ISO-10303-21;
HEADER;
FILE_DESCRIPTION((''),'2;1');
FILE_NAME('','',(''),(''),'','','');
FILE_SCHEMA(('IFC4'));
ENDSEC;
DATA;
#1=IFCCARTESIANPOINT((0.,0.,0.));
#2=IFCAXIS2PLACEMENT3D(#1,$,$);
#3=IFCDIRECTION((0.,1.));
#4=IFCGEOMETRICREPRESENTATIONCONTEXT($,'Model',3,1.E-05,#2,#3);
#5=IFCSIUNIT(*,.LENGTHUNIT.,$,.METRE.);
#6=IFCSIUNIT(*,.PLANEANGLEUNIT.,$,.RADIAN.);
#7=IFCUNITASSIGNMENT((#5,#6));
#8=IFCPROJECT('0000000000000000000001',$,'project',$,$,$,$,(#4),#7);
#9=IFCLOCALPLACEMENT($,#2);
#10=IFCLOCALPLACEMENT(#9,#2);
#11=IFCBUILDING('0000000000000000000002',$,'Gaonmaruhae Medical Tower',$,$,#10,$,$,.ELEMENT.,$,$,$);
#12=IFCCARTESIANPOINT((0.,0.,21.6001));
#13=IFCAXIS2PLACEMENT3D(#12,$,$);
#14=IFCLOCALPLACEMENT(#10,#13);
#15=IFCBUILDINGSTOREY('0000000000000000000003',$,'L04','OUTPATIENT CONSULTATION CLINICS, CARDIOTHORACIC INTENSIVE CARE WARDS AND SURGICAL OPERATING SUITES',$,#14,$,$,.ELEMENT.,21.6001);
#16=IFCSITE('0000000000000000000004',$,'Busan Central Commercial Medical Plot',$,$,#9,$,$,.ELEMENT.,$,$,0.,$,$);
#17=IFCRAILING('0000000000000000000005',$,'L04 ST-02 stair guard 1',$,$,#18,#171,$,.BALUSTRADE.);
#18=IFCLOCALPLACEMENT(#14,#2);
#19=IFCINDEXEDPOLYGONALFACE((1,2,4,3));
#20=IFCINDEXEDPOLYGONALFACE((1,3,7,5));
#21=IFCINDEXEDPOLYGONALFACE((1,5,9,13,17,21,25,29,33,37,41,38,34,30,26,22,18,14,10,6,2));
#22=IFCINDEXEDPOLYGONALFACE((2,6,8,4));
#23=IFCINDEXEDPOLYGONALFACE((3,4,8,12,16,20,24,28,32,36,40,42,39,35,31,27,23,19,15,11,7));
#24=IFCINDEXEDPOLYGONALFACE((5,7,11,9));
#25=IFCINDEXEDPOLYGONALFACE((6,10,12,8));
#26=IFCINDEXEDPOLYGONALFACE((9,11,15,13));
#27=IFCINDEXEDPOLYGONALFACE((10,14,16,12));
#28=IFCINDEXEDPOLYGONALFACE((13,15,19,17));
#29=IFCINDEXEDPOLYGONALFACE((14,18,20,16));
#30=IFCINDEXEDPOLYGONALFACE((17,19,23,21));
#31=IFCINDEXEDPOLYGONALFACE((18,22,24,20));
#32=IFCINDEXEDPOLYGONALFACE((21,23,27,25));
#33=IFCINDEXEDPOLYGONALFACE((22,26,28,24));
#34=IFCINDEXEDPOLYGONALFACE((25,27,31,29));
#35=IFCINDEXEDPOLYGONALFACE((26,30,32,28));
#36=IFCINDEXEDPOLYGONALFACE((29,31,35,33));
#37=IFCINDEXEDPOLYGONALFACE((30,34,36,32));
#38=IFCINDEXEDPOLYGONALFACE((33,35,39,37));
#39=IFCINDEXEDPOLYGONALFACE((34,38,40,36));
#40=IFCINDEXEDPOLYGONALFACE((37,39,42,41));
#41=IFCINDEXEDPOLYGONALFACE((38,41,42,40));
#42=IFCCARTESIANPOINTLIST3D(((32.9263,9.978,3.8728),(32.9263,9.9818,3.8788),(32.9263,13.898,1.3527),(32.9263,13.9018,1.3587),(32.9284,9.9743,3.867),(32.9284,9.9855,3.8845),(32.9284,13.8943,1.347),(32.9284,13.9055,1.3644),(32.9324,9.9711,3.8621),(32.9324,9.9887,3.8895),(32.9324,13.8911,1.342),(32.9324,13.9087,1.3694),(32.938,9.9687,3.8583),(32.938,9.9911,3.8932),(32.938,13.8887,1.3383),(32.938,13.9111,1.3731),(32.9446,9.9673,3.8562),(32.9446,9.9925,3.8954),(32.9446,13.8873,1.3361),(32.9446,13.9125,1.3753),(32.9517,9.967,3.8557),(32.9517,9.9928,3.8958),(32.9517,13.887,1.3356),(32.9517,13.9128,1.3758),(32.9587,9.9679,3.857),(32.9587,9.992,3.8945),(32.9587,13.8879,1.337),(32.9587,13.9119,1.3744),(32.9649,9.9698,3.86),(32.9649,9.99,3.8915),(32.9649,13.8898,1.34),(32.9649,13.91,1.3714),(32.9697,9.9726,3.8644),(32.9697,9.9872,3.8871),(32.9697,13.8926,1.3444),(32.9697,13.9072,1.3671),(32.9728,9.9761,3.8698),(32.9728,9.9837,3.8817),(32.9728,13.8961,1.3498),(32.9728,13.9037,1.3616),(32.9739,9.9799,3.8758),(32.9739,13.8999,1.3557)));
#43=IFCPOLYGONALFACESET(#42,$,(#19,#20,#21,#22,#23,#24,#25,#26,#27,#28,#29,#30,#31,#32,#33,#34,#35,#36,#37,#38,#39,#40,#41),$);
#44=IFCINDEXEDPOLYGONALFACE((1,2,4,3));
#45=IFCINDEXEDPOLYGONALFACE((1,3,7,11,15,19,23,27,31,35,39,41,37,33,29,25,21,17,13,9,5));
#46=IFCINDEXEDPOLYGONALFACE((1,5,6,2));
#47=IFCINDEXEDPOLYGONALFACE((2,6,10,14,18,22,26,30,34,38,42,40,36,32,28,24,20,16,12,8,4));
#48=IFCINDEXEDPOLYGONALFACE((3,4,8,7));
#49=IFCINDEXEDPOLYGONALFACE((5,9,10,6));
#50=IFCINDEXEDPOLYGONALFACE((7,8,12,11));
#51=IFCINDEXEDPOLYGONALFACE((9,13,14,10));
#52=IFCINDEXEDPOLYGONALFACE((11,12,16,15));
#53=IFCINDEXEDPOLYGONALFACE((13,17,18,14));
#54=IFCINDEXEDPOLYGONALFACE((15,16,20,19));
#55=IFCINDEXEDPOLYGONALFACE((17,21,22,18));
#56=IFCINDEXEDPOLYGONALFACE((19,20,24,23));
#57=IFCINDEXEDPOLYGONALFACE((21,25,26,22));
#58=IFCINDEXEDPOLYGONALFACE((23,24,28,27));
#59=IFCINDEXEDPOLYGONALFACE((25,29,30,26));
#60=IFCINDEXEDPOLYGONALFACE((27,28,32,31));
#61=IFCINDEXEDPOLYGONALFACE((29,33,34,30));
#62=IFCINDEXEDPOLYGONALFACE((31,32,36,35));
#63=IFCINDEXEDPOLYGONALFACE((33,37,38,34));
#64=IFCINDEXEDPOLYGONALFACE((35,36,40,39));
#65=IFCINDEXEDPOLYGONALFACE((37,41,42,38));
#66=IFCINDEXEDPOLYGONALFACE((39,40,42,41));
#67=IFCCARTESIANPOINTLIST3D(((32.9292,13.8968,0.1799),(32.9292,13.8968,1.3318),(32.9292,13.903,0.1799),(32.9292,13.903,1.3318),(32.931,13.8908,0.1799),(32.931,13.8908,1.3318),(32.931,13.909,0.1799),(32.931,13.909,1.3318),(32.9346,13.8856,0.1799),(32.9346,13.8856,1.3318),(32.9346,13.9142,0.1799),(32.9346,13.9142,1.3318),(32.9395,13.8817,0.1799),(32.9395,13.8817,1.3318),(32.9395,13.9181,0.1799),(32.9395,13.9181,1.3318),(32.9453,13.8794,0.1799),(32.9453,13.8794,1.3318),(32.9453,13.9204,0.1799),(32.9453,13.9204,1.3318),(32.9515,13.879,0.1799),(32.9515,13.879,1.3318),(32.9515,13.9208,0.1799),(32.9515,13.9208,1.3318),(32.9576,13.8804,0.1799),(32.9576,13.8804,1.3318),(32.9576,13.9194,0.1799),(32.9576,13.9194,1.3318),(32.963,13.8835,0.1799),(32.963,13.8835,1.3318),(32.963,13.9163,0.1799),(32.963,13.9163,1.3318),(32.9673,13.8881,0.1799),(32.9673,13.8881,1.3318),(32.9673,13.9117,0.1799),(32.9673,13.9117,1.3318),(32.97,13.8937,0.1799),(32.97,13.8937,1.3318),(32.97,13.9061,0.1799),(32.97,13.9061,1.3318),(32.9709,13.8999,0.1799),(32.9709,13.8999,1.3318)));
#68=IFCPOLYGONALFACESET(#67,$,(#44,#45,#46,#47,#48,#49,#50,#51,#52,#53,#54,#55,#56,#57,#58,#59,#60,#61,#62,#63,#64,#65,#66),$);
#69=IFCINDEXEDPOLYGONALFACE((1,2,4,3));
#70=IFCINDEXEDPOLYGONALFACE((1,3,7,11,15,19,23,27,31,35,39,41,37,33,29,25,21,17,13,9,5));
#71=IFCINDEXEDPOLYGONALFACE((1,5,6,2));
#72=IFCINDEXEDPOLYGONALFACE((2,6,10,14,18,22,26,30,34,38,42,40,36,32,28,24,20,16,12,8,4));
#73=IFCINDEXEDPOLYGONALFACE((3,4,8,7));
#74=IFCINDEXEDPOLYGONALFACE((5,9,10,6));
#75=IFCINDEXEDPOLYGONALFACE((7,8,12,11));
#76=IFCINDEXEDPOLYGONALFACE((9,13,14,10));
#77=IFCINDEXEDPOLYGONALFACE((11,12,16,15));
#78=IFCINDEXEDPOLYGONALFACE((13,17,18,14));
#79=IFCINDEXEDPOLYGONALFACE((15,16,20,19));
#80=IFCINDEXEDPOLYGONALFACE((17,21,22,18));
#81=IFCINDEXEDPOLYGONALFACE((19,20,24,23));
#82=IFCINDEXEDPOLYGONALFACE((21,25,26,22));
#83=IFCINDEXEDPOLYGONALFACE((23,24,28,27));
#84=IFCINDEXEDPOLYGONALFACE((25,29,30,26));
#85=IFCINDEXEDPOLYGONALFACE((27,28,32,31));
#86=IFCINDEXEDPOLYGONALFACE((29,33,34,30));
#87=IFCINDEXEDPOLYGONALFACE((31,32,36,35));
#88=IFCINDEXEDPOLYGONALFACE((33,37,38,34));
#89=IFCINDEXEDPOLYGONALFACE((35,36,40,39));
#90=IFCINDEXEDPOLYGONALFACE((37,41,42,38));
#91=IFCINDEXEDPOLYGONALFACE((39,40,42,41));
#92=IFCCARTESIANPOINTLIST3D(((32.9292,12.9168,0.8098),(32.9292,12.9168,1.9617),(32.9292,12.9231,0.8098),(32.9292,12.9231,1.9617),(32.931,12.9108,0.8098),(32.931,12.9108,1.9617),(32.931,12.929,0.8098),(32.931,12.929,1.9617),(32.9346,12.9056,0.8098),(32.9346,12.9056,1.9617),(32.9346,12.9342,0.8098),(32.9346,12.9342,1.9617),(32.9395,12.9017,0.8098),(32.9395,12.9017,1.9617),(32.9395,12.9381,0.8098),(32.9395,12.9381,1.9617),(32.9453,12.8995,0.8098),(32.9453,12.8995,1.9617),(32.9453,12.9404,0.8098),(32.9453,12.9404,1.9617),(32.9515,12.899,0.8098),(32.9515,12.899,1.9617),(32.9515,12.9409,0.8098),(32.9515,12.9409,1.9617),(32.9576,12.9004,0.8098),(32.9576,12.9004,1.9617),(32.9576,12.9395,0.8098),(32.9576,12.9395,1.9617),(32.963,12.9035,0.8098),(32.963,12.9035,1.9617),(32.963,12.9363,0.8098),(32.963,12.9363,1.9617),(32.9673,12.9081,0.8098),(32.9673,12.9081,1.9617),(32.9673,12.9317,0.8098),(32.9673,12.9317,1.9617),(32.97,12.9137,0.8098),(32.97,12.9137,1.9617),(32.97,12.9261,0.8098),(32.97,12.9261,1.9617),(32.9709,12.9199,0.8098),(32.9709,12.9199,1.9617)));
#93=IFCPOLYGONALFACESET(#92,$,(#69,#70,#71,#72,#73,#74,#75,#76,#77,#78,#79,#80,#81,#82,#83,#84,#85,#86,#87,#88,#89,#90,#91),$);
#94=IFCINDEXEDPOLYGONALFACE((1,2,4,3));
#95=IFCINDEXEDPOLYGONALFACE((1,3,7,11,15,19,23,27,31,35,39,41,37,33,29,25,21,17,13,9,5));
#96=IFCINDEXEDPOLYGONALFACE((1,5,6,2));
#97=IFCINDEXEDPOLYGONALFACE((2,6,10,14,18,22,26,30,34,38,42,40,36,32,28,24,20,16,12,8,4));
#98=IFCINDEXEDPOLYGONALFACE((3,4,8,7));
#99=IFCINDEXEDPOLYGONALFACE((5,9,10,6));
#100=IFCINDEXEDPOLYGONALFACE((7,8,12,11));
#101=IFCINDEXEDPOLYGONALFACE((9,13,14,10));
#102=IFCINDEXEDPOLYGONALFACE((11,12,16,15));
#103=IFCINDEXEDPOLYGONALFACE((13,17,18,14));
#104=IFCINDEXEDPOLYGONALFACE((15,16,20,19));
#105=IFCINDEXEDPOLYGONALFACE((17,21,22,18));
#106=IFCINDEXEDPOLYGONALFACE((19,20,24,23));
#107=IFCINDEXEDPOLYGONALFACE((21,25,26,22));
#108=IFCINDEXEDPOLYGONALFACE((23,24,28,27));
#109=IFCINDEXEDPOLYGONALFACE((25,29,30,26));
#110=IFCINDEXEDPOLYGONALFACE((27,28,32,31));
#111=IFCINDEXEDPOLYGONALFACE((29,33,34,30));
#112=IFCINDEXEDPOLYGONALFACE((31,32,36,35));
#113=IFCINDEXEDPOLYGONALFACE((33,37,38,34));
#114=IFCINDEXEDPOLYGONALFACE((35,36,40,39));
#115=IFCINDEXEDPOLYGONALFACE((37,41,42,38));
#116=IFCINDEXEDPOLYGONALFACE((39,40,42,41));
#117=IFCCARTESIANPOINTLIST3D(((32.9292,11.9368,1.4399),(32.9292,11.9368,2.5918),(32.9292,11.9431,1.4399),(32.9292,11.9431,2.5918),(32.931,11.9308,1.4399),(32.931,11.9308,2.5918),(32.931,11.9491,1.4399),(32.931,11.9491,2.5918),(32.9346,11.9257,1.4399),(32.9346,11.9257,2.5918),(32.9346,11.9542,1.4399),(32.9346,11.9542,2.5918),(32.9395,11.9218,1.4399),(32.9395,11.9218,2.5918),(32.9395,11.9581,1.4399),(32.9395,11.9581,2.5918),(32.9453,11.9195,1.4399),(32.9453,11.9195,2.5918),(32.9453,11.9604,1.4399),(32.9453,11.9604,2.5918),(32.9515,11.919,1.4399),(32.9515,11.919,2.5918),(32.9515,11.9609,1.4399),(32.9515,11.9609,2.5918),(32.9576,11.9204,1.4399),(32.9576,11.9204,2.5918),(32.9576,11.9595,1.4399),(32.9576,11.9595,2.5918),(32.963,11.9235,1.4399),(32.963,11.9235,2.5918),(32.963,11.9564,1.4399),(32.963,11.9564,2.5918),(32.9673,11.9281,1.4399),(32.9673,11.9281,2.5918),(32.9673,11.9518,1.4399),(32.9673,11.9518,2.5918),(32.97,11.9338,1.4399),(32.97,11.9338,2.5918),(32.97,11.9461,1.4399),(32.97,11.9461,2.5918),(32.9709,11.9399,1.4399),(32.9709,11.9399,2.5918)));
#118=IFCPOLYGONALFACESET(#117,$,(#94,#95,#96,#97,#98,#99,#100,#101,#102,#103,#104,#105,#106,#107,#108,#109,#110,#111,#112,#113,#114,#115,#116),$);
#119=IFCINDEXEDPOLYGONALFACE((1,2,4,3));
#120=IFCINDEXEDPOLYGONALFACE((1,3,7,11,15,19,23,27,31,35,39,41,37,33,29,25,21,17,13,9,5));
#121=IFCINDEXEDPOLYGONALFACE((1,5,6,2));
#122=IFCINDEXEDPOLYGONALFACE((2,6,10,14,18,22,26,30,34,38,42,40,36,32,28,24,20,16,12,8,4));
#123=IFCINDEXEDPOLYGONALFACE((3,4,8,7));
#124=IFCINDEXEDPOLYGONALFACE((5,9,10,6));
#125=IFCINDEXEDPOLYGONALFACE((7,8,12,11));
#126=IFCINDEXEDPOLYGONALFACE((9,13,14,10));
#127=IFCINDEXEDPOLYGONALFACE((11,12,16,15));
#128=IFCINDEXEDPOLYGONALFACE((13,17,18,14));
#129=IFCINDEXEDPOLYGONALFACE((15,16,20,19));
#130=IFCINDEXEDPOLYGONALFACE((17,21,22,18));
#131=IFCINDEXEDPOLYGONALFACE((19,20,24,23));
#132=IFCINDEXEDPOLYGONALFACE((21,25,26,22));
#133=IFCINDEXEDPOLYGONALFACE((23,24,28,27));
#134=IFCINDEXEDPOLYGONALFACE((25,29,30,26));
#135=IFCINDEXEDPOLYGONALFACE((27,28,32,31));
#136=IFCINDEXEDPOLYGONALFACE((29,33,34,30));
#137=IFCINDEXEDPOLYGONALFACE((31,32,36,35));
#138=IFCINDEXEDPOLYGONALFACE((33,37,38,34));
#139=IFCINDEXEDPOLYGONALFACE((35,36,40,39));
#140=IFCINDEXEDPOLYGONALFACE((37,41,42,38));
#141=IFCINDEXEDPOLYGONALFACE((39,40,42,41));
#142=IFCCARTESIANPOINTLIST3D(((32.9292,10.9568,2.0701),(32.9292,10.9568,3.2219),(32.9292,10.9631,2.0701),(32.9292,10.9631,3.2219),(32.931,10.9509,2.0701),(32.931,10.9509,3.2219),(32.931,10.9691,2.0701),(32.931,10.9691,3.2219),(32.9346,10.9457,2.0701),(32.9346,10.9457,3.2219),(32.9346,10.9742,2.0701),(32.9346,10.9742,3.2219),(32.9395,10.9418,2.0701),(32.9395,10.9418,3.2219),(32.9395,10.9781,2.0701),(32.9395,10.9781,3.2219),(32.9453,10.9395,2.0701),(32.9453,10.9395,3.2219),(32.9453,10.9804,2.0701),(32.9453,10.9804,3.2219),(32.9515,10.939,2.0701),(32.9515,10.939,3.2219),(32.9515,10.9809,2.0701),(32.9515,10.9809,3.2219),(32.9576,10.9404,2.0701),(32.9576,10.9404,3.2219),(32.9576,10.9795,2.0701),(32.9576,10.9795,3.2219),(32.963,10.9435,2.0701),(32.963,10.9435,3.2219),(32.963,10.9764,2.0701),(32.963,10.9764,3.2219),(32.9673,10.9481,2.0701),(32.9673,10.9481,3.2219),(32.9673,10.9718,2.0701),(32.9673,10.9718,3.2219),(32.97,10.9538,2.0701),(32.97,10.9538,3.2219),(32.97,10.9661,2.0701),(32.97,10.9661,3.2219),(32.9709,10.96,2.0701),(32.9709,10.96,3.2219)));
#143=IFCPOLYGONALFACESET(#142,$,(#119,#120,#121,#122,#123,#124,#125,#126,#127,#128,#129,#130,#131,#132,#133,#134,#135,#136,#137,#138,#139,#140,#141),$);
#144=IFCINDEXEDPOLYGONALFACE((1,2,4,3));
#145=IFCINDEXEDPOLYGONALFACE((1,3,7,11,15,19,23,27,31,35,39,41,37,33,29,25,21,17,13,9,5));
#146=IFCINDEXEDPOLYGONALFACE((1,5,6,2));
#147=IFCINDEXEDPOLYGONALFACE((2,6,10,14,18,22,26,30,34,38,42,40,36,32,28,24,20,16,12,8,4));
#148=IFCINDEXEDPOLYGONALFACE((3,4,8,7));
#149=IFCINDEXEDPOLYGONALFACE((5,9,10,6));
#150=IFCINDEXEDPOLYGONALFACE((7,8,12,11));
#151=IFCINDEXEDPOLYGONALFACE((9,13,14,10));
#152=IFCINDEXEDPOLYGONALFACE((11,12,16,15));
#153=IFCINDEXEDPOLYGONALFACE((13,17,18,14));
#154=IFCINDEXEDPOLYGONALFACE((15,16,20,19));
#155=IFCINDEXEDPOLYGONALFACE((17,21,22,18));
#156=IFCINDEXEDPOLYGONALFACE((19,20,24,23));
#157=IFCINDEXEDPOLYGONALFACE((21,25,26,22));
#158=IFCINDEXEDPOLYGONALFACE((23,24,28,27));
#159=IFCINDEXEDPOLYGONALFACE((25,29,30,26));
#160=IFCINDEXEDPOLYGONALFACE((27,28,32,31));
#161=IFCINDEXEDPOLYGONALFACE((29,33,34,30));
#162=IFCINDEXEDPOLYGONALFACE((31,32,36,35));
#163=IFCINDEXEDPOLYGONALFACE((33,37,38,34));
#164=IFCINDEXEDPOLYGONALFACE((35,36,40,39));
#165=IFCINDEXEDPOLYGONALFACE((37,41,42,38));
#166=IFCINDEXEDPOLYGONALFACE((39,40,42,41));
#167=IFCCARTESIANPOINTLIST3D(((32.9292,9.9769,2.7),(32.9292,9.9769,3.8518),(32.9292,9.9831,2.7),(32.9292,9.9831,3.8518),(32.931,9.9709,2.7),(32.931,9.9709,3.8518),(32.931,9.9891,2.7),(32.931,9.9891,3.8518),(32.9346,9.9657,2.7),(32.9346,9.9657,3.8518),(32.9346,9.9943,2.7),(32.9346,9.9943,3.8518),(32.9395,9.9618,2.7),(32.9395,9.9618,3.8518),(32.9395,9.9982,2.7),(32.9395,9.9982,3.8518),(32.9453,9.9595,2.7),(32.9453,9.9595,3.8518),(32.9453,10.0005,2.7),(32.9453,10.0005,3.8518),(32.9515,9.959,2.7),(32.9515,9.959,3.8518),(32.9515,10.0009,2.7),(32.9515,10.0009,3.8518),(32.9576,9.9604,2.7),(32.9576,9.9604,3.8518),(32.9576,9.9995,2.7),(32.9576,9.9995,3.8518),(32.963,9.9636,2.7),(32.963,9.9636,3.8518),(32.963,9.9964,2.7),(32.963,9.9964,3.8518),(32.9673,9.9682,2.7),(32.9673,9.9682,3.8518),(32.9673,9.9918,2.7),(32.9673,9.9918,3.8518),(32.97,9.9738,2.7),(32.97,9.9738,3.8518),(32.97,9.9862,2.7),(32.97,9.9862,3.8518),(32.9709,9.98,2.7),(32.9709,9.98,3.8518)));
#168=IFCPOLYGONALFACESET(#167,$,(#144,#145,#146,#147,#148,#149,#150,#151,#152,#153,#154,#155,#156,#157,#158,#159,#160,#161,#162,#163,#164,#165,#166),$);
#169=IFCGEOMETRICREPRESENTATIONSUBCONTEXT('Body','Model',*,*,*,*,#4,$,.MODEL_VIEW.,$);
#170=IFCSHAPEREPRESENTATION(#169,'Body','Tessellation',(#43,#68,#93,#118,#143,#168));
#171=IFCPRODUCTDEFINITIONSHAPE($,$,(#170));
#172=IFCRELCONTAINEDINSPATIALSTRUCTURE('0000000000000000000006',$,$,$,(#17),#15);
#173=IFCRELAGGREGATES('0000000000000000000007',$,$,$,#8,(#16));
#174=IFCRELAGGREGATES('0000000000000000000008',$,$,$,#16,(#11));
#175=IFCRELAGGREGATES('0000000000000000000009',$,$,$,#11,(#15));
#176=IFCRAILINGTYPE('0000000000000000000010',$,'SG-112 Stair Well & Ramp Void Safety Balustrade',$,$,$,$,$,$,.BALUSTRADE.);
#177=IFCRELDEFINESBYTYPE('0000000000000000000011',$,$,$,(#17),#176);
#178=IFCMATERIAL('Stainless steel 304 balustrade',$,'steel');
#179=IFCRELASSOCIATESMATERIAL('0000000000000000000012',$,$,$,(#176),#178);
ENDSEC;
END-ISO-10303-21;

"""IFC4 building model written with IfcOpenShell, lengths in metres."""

from ifc_helpers import new_model, si_unit, direction, frame, origin, origin_2d, place, context, subcontext, project, spatial, circle, extrude, material, type_object, element, save


model = new_model("IFC4")

# Units and contexts
model_context = context("Model", 3, precision=1e-05, world=origin(), true_north=direction((0.0, 1.0)))
body_context = subcontext(model_context, "Body", "Model", "MODEL_VIEW")
ifc_project = project(units=[si_unit("LENGTHUNIT", "METRE"), si_unit("PLANEANGLEUNIT", "RADIAN")], contexts=[model_context])

# Site, building, storey
site_placement = place(None, origin())
site = spatial("IfcSite", under=ifc_project, at=site_placement, Name="Busan Central Commercial Medical Plot", CompositionType="ELEMENT", RefElevation=0.0)
building_placement = place(site_placement, origin())
building = spatial("IfcBuilding", under=site, at=building_placement, Name="Gaonmaruhae Medical Tower", CompositionType="ELEMENT")
storey_placement = place(building_placement, frame((0.0, 0.0, 21.6001)))
storey = spatial("IfcBuildingStorey", under=building, at=storey_placement, Name="L04", Description="OUTPATIENT CONSULTATION CLINICS, CARDIOTHORACIC INTENSIVE CARE WARDS AND SURGICAL OPERATING SUITES", CompositionType="ELEMENT", Elevation=21.6001)

# Railing
ifc_material_1 = material(Name="Stainless steel 304 balustrade", Category="steel")
railing_type_1 = type_object("IfcRailingType", Name="SG-112 Stair Well & Ramp Void Safety Balustrade", PredefinedType="BALUSTRADE", material=ifc_material_1)
railing_1_placement = place(storey_placement, frame((32.95, 13.8999, 0.1799)))
element("IfcRailing", 1, at=railing_1_placement, inside=storey, type_object=railing_type_1, Name="L04 ST-02 stair guard 1", PredefinedType="BALUSTRADE", context=body_context, shape_type="SweptSolid", body=[
    extrude(circle(Radius=0.0239, at=origin_2d()), frame((0.0, 0.0, 1.1758), z_axis=(0.0, -0.841172, 0.540768), x_axis=(1.0, 0.0, 0.0)), (0.0, 0.0, 1.0), 4.6602),
    extrude(circle(Radius=0.021, at=origin_2d()), origin(), (0.0, 0.0, 1.0), 1.1519),
    extrude(circle(Radius=0.021, at=origin_2d()), frame((0.0, -0.98, 0.6299)), (0.0, 0.0, 1.0), 1.1519),
    extrude(circle(Radius=0.021, at=origin_2d()), frame((0.0, -1.96, 1.26)), (0.0, 0.0, 1.0), 1.1519),
    extrude(circle(Radius=0.021, at=origin_2d()), frame((0.0, -2.9399, 1.8901)), (0.0, 0.0, 1.0), 1.1519),
    extrude(circle(Radius=0.021, at=origin_2d()), frame((0.0, -3.9199, 2.52)), (0.0, 0.0, 1.0), 1.1519),
])

save(model, "model.ifc")
